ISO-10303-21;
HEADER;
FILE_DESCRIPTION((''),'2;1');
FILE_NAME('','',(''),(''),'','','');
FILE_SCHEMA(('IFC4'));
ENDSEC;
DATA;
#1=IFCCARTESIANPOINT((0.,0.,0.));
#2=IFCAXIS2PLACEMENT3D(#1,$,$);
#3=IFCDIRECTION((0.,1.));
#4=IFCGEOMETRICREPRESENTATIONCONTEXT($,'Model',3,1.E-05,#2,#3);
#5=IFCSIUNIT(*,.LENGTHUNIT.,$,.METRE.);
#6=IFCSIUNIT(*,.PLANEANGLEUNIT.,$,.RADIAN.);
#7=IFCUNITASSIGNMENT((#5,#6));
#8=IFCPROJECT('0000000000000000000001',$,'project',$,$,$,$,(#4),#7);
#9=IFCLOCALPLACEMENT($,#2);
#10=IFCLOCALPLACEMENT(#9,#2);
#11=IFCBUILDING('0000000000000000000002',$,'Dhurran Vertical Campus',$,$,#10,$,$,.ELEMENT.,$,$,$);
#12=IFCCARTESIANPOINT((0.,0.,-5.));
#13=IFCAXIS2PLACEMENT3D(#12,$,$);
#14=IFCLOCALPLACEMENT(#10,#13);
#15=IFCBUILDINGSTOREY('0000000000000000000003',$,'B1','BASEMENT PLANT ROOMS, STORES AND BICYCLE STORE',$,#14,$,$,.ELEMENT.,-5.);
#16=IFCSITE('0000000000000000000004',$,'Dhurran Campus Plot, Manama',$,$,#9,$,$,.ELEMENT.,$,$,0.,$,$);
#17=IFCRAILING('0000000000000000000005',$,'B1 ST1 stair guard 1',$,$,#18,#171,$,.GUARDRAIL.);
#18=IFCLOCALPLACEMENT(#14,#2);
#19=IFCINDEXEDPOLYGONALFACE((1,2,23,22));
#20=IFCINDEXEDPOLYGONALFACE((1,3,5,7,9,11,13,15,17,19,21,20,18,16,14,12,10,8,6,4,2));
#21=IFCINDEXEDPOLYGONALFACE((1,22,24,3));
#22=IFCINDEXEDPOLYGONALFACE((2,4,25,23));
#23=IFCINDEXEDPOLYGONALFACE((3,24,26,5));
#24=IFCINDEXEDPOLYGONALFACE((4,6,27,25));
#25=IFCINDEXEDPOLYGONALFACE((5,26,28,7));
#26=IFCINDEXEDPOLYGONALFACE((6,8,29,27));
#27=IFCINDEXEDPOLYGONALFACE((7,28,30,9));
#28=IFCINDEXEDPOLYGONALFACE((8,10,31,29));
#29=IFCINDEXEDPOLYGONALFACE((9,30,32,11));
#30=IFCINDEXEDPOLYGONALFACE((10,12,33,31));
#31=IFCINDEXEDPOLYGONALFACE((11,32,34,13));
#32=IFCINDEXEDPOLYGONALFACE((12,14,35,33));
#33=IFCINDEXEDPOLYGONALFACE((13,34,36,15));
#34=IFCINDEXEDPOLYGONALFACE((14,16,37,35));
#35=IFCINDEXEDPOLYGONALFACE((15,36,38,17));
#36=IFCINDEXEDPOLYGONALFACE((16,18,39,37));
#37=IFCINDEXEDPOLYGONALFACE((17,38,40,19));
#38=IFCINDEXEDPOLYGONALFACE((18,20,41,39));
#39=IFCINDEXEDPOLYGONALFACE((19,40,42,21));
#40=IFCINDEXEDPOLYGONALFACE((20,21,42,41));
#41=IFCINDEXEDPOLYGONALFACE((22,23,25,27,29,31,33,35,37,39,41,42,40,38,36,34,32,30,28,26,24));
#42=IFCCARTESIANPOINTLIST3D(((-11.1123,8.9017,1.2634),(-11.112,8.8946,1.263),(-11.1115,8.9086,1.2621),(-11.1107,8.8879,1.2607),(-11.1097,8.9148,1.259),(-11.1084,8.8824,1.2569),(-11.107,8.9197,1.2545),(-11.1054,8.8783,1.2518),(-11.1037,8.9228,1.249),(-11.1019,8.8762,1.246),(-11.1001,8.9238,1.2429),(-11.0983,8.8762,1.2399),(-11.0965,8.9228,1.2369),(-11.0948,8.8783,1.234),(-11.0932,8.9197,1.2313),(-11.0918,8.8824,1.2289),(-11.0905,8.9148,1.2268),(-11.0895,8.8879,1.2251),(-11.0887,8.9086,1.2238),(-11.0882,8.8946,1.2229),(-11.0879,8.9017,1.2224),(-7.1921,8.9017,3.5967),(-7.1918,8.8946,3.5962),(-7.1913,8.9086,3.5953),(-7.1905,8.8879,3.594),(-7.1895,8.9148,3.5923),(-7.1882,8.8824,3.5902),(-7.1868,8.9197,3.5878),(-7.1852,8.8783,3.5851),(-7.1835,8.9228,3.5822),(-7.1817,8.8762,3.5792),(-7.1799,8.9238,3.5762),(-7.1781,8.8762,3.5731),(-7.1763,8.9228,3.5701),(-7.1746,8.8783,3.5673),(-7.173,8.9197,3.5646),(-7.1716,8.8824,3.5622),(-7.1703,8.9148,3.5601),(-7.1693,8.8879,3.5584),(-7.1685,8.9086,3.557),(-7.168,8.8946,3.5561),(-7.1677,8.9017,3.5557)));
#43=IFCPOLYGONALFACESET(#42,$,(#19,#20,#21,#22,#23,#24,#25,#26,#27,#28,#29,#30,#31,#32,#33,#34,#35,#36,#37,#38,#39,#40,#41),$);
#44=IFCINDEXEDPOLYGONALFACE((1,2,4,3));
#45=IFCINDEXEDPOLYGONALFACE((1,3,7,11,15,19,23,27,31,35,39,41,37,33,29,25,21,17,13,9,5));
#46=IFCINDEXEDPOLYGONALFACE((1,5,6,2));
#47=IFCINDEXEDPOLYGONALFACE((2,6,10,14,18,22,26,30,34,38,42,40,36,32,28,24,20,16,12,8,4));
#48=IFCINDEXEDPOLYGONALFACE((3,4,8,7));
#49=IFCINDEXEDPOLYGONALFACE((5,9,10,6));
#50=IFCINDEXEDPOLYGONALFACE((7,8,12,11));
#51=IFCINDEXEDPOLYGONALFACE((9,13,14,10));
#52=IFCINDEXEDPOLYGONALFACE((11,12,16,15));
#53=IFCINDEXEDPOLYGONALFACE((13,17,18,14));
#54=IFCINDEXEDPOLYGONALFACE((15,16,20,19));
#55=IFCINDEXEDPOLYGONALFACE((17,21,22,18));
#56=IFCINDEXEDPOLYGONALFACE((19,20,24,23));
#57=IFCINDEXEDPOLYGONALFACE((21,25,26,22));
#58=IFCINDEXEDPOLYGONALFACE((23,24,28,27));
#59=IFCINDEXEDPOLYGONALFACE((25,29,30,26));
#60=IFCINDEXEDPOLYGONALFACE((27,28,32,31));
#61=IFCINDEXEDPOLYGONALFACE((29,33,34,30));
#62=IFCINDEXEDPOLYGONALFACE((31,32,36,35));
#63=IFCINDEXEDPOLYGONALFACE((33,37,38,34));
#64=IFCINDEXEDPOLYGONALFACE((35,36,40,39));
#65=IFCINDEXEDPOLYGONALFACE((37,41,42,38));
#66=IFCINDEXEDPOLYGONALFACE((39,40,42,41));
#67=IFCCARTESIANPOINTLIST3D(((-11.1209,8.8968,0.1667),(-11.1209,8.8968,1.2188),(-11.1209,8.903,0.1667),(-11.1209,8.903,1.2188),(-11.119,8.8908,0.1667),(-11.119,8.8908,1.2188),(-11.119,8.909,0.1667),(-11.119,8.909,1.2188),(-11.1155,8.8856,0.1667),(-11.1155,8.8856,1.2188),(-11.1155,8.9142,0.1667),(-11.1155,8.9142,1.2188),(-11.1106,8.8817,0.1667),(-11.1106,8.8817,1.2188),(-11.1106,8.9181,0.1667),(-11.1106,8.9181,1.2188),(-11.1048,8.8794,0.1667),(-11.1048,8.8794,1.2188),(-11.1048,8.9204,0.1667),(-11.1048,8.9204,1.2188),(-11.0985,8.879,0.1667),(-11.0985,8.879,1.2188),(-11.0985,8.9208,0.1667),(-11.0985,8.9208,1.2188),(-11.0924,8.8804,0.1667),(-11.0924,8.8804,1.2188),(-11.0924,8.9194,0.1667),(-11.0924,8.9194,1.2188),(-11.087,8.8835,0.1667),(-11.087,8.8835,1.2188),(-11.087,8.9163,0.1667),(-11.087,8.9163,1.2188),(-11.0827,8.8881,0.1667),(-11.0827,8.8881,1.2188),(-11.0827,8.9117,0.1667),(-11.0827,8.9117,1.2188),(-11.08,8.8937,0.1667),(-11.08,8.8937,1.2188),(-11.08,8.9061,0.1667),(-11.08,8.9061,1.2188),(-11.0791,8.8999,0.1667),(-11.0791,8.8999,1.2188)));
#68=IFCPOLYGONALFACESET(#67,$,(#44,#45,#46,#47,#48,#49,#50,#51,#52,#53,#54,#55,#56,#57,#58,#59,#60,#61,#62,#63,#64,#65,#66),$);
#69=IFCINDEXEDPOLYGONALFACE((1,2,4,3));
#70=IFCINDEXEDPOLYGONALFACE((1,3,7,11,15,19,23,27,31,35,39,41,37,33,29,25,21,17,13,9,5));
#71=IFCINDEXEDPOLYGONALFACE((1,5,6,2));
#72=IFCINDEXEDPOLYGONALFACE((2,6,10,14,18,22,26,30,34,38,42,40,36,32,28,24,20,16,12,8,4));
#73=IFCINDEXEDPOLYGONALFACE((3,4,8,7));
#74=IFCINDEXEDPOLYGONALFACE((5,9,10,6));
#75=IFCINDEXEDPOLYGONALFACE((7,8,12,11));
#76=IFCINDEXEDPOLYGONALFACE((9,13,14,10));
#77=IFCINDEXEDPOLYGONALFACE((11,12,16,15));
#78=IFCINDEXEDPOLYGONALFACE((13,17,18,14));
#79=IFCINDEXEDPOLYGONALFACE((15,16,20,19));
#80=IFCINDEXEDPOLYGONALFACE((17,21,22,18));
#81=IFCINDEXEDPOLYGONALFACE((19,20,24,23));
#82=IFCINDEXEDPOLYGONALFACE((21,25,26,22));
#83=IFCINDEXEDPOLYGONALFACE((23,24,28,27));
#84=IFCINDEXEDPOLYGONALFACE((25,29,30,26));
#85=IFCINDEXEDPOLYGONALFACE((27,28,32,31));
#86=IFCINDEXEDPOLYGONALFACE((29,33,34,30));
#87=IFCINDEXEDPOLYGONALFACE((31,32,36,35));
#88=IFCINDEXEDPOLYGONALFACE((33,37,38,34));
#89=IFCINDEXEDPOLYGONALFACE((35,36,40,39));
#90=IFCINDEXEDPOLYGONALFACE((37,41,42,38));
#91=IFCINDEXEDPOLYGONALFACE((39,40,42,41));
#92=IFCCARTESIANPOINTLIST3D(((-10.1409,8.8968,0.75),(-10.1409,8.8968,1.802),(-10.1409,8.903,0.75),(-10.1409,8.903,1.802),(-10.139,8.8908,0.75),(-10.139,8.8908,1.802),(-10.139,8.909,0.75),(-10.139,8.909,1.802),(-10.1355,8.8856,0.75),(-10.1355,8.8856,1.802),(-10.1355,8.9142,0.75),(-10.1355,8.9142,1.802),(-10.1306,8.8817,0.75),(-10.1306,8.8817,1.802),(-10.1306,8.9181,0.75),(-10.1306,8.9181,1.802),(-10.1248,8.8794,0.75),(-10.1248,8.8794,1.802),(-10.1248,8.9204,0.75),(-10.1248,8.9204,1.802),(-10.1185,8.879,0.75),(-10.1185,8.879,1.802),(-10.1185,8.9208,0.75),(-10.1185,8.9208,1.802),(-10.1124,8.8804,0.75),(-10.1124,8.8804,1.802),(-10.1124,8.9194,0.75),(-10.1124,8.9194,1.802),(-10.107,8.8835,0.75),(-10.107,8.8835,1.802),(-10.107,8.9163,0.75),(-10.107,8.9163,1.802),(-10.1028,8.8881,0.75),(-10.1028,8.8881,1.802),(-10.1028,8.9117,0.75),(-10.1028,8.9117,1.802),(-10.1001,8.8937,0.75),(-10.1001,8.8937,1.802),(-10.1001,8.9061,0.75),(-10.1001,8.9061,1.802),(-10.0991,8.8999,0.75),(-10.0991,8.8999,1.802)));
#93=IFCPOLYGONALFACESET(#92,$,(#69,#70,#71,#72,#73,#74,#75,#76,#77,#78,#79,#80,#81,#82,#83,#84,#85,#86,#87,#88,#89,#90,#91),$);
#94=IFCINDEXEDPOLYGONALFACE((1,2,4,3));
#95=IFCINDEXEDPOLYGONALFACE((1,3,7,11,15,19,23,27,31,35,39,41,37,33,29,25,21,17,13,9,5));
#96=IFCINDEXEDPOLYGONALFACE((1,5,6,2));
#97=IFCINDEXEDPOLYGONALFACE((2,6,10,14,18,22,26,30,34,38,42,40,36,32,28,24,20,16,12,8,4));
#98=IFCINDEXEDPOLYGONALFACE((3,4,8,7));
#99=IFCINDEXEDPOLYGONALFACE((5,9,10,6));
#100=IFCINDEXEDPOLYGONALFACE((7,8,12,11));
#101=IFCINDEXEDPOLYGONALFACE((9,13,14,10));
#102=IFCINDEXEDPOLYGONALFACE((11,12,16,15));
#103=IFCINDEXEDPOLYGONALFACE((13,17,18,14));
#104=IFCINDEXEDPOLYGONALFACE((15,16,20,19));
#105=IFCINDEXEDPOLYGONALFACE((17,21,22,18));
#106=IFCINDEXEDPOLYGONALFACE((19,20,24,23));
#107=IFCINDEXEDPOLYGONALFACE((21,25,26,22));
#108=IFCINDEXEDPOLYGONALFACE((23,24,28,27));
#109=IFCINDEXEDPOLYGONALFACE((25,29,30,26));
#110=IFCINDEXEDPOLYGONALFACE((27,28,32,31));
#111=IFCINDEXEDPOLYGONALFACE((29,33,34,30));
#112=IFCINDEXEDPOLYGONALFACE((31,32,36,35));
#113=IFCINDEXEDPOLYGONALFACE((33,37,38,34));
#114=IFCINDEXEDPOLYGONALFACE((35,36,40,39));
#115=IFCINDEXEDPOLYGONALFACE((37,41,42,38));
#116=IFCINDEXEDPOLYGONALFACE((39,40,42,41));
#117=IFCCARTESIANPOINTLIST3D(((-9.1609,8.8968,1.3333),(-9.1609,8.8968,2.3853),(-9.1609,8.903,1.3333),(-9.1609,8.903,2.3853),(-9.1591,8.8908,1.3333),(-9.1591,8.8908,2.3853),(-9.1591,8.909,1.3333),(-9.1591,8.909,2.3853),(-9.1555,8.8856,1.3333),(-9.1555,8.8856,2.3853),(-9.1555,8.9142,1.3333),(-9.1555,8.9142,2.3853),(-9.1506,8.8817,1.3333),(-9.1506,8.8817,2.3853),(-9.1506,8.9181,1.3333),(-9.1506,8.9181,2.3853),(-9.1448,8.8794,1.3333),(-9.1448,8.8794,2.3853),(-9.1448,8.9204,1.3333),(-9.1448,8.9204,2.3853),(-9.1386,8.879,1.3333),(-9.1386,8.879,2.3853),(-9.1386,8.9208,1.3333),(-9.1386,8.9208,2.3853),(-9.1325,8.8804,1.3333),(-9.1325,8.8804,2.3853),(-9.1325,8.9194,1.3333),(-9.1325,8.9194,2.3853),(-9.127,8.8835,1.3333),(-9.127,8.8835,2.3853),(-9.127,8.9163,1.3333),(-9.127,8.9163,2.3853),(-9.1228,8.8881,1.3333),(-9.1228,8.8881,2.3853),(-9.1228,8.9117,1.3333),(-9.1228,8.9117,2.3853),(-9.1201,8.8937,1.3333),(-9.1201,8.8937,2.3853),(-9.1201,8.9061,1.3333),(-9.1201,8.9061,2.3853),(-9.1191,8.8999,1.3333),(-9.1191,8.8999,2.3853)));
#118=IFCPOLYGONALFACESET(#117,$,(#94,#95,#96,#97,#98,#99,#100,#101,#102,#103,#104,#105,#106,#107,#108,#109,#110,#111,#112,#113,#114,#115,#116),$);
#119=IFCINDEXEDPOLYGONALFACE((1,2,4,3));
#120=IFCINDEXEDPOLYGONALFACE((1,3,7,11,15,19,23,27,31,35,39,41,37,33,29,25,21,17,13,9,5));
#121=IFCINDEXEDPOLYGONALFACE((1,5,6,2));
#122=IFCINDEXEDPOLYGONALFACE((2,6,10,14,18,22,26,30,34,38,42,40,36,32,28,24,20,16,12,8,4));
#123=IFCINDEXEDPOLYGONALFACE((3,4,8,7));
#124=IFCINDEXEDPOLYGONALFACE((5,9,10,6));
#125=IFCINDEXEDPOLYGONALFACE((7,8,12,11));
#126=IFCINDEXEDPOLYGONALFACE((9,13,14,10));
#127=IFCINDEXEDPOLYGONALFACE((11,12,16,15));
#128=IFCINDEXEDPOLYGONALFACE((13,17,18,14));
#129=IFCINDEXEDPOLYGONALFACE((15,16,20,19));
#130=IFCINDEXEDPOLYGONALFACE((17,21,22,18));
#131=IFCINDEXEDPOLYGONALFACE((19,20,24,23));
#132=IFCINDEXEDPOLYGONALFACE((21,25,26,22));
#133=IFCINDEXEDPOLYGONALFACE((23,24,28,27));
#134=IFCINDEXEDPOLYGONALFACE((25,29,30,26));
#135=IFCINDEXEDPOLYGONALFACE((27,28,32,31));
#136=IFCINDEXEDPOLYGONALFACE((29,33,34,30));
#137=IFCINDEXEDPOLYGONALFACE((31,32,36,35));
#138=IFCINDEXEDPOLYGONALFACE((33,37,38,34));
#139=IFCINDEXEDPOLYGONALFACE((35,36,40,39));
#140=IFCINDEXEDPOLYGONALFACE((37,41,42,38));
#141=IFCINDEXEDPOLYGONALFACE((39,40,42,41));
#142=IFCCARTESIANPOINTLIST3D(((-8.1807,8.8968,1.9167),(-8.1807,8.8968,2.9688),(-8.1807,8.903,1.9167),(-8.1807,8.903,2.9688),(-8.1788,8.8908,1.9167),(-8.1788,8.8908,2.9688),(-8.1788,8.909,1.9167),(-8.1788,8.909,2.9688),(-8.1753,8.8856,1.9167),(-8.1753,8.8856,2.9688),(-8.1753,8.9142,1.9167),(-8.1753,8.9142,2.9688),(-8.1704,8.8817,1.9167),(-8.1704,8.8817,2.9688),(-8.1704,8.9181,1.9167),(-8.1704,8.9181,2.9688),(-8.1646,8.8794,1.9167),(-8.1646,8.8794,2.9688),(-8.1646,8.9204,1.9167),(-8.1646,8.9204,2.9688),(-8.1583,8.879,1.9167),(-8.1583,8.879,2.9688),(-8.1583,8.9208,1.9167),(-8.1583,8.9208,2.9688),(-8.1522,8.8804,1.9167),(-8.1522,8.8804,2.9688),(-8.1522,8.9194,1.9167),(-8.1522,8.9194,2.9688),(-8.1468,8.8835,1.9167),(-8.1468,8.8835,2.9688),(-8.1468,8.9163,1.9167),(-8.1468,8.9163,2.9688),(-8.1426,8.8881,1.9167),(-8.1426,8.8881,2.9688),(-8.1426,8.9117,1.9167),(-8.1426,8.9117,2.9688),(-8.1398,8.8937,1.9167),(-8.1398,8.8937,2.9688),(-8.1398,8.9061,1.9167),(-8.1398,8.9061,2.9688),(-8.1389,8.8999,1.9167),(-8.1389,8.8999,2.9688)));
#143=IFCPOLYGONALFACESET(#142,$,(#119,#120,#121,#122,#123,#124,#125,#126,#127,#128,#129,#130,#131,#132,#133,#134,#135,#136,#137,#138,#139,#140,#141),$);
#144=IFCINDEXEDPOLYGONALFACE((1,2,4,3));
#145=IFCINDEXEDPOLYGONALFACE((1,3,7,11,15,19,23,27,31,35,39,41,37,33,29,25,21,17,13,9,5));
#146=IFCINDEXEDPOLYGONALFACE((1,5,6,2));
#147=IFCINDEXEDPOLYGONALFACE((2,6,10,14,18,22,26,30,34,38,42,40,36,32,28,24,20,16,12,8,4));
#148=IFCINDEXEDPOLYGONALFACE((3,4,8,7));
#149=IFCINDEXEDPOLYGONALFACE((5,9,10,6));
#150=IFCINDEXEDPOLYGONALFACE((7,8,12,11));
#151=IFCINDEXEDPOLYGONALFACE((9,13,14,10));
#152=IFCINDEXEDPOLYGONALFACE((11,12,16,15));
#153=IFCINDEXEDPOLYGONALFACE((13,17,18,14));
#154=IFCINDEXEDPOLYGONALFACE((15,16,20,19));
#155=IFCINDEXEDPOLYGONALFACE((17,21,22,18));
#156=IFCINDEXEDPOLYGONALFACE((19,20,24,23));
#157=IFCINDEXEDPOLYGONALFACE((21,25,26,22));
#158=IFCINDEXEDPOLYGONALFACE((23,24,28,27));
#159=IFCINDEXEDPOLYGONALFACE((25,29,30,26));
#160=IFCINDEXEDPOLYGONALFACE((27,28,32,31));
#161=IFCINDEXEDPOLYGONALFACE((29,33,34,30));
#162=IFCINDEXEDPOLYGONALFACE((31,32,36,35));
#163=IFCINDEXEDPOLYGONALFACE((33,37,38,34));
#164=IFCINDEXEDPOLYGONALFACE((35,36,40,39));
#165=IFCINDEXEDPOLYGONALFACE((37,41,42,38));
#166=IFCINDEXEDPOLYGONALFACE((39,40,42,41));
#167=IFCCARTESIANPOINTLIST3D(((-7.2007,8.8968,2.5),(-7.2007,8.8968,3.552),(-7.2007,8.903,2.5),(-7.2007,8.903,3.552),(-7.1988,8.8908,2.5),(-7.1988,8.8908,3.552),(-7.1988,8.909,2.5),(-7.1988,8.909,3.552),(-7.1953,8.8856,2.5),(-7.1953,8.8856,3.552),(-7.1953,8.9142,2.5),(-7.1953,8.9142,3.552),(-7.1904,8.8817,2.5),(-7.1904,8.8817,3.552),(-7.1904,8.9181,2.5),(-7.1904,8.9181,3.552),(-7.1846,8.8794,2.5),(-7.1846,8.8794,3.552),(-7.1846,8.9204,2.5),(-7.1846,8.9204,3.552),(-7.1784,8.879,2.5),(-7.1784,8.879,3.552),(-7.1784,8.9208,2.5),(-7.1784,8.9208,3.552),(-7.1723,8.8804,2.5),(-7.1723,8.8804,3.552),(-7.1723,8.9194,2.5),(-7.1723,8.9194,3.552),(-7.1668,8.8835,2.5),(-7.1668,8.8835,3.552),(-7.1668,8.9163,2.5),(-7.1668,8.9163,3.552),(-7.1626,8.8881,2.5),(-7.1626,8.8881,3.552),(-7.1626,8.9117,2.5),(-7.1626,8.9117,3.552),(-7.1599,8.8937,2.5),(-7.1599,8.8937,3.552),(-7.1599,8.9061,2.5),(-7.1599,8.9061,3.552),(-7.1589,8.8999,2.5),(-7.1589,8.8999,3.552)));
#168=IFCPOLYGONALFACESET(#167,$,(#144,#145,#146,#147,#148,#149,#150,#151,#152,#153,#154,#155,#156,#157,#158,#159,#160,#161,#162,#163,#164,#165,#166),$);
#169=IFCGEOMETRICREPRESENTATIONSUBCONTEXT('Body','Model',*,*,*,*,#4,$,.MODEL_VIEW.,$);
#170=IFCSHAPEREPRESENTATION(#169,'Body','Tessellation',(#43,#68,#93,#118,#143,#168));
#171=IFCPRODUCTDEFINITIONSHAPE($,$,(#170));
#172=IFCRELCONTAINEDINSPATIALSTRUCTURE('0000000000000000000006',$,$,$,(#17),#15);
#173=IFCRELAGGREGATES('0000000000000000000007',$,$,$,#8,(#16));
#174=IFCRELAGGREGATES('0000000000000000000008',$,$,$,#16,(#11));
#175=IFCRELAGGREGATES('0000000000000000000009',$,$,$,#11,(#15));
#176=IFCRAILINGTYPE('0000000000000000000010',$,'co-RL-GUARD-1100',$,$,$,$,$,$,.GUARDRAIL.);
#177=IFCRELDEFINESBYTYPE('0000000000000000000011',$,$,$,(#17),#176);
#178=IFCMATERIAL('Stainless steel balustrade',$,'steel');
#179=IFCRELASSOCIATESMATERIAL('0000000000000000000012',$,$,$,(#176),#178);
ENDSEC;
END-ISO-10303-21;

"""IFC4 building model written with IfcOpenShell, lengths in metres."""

from ifc_helpers import new_model, si_unit, direction, frame, origin, origin_2d, place, context, subcontext, project, spatial, circle, extrude, material, type_object, element, save


model = new_model("IFC4")

# Units and contexts
model_context = context("Model", 3, precision=1e-05, world=origin(), true_north=direction((0.0, 1.0)))
body_context = subcontext(model_context, "Body", "Model", "MODEL_VIEW")
ifc_project = project(units=[si_unit("LENGTHUNIT", "METRE"), si_unit("PLANEANGLEUNIT", "RADIAN")], contexts=[model_context])

# Site, building, storey
site_placement = place(None, origin())
site = spatial("IfcSite", under=ifc_project, at=site_placement, Name="Dhurran Campus Plot, Manama", CompositionType="ELEMENT", RefElevation=0.0)
building_placement = place(site_placement, origin())
building = spatial("IfcBuilding", under=site, at=building_placement, Name="Dhurran Vertical Campus", CompositionType="ELEMENT")
storey_placement = place(building_placement, frame((0.0, 0.0, -5.0)))
storey = spatial("IfcBuildingStorey", under=building, at=storey_placement, Name="B1", Description="BASEMENT PLANT ROOMS, STORES AND BICYCLE STORE", CompositionType="ELEMENT", Elevation=-5.0)

# Railing
ifc_material_1 = material(Name="Stainless steel balustrade", Category="steel")
railing_type_1 = type_object("IfcRailingType", Name="co-RL-GUARD-1100", PredefinedType="GUARDRAIL", material=ifc_material_1)
railing_1_placement = place(storey_placement, frame((-11.1001, 8.8999, 0.1667)))
element("IfcRailing", 1, at=railing_1_placement, inside=storey, type_object=railing_type_1, Name="B1 ST1 stair guard 1", PredefinedType="GUARDRAIL", context=body_context, shape_type="SweptSolid", body=[
    extrude(circle(Radius=0.0239, at=origin_2d()), frame((0.0, 0.0, 1.0762), z_axis=(0.85931, 0.0, 0.511455), x_axis=(0.0, 1.0, 0.0)), (0.0, 0.0, 1.0), 4.562),
    extrude(circle(Radius=0.021, at=origin_2d()), origin(), (0.0, 0.0, 1.0), 1.052),
    extrude(circle(Radius=0.021, at=origin_2d()), frame((0.98, 0.0, 0.5833)), (0.0, 0.0, 1.0), 1.052),
    extrude(circle(Radius=0.021, at=origin_2d()), frame((1.96, 0.0, 1.1665)), (0.0, 0.0, 1.0), 1.052),
    extrude(circle(Radius=0.021, at=origin_2d()), frame((2.9402, 0.0, 1.75)), (0.0, 0.0, 1.0), 1.052),
    extrude(circle(Radius=0.021, at=origin_2d()), frame((3.9202, 0.0, 2.3333)), (0.0, 0.0, 1.0), 1.052),
])

save(model, "model.ifc")
